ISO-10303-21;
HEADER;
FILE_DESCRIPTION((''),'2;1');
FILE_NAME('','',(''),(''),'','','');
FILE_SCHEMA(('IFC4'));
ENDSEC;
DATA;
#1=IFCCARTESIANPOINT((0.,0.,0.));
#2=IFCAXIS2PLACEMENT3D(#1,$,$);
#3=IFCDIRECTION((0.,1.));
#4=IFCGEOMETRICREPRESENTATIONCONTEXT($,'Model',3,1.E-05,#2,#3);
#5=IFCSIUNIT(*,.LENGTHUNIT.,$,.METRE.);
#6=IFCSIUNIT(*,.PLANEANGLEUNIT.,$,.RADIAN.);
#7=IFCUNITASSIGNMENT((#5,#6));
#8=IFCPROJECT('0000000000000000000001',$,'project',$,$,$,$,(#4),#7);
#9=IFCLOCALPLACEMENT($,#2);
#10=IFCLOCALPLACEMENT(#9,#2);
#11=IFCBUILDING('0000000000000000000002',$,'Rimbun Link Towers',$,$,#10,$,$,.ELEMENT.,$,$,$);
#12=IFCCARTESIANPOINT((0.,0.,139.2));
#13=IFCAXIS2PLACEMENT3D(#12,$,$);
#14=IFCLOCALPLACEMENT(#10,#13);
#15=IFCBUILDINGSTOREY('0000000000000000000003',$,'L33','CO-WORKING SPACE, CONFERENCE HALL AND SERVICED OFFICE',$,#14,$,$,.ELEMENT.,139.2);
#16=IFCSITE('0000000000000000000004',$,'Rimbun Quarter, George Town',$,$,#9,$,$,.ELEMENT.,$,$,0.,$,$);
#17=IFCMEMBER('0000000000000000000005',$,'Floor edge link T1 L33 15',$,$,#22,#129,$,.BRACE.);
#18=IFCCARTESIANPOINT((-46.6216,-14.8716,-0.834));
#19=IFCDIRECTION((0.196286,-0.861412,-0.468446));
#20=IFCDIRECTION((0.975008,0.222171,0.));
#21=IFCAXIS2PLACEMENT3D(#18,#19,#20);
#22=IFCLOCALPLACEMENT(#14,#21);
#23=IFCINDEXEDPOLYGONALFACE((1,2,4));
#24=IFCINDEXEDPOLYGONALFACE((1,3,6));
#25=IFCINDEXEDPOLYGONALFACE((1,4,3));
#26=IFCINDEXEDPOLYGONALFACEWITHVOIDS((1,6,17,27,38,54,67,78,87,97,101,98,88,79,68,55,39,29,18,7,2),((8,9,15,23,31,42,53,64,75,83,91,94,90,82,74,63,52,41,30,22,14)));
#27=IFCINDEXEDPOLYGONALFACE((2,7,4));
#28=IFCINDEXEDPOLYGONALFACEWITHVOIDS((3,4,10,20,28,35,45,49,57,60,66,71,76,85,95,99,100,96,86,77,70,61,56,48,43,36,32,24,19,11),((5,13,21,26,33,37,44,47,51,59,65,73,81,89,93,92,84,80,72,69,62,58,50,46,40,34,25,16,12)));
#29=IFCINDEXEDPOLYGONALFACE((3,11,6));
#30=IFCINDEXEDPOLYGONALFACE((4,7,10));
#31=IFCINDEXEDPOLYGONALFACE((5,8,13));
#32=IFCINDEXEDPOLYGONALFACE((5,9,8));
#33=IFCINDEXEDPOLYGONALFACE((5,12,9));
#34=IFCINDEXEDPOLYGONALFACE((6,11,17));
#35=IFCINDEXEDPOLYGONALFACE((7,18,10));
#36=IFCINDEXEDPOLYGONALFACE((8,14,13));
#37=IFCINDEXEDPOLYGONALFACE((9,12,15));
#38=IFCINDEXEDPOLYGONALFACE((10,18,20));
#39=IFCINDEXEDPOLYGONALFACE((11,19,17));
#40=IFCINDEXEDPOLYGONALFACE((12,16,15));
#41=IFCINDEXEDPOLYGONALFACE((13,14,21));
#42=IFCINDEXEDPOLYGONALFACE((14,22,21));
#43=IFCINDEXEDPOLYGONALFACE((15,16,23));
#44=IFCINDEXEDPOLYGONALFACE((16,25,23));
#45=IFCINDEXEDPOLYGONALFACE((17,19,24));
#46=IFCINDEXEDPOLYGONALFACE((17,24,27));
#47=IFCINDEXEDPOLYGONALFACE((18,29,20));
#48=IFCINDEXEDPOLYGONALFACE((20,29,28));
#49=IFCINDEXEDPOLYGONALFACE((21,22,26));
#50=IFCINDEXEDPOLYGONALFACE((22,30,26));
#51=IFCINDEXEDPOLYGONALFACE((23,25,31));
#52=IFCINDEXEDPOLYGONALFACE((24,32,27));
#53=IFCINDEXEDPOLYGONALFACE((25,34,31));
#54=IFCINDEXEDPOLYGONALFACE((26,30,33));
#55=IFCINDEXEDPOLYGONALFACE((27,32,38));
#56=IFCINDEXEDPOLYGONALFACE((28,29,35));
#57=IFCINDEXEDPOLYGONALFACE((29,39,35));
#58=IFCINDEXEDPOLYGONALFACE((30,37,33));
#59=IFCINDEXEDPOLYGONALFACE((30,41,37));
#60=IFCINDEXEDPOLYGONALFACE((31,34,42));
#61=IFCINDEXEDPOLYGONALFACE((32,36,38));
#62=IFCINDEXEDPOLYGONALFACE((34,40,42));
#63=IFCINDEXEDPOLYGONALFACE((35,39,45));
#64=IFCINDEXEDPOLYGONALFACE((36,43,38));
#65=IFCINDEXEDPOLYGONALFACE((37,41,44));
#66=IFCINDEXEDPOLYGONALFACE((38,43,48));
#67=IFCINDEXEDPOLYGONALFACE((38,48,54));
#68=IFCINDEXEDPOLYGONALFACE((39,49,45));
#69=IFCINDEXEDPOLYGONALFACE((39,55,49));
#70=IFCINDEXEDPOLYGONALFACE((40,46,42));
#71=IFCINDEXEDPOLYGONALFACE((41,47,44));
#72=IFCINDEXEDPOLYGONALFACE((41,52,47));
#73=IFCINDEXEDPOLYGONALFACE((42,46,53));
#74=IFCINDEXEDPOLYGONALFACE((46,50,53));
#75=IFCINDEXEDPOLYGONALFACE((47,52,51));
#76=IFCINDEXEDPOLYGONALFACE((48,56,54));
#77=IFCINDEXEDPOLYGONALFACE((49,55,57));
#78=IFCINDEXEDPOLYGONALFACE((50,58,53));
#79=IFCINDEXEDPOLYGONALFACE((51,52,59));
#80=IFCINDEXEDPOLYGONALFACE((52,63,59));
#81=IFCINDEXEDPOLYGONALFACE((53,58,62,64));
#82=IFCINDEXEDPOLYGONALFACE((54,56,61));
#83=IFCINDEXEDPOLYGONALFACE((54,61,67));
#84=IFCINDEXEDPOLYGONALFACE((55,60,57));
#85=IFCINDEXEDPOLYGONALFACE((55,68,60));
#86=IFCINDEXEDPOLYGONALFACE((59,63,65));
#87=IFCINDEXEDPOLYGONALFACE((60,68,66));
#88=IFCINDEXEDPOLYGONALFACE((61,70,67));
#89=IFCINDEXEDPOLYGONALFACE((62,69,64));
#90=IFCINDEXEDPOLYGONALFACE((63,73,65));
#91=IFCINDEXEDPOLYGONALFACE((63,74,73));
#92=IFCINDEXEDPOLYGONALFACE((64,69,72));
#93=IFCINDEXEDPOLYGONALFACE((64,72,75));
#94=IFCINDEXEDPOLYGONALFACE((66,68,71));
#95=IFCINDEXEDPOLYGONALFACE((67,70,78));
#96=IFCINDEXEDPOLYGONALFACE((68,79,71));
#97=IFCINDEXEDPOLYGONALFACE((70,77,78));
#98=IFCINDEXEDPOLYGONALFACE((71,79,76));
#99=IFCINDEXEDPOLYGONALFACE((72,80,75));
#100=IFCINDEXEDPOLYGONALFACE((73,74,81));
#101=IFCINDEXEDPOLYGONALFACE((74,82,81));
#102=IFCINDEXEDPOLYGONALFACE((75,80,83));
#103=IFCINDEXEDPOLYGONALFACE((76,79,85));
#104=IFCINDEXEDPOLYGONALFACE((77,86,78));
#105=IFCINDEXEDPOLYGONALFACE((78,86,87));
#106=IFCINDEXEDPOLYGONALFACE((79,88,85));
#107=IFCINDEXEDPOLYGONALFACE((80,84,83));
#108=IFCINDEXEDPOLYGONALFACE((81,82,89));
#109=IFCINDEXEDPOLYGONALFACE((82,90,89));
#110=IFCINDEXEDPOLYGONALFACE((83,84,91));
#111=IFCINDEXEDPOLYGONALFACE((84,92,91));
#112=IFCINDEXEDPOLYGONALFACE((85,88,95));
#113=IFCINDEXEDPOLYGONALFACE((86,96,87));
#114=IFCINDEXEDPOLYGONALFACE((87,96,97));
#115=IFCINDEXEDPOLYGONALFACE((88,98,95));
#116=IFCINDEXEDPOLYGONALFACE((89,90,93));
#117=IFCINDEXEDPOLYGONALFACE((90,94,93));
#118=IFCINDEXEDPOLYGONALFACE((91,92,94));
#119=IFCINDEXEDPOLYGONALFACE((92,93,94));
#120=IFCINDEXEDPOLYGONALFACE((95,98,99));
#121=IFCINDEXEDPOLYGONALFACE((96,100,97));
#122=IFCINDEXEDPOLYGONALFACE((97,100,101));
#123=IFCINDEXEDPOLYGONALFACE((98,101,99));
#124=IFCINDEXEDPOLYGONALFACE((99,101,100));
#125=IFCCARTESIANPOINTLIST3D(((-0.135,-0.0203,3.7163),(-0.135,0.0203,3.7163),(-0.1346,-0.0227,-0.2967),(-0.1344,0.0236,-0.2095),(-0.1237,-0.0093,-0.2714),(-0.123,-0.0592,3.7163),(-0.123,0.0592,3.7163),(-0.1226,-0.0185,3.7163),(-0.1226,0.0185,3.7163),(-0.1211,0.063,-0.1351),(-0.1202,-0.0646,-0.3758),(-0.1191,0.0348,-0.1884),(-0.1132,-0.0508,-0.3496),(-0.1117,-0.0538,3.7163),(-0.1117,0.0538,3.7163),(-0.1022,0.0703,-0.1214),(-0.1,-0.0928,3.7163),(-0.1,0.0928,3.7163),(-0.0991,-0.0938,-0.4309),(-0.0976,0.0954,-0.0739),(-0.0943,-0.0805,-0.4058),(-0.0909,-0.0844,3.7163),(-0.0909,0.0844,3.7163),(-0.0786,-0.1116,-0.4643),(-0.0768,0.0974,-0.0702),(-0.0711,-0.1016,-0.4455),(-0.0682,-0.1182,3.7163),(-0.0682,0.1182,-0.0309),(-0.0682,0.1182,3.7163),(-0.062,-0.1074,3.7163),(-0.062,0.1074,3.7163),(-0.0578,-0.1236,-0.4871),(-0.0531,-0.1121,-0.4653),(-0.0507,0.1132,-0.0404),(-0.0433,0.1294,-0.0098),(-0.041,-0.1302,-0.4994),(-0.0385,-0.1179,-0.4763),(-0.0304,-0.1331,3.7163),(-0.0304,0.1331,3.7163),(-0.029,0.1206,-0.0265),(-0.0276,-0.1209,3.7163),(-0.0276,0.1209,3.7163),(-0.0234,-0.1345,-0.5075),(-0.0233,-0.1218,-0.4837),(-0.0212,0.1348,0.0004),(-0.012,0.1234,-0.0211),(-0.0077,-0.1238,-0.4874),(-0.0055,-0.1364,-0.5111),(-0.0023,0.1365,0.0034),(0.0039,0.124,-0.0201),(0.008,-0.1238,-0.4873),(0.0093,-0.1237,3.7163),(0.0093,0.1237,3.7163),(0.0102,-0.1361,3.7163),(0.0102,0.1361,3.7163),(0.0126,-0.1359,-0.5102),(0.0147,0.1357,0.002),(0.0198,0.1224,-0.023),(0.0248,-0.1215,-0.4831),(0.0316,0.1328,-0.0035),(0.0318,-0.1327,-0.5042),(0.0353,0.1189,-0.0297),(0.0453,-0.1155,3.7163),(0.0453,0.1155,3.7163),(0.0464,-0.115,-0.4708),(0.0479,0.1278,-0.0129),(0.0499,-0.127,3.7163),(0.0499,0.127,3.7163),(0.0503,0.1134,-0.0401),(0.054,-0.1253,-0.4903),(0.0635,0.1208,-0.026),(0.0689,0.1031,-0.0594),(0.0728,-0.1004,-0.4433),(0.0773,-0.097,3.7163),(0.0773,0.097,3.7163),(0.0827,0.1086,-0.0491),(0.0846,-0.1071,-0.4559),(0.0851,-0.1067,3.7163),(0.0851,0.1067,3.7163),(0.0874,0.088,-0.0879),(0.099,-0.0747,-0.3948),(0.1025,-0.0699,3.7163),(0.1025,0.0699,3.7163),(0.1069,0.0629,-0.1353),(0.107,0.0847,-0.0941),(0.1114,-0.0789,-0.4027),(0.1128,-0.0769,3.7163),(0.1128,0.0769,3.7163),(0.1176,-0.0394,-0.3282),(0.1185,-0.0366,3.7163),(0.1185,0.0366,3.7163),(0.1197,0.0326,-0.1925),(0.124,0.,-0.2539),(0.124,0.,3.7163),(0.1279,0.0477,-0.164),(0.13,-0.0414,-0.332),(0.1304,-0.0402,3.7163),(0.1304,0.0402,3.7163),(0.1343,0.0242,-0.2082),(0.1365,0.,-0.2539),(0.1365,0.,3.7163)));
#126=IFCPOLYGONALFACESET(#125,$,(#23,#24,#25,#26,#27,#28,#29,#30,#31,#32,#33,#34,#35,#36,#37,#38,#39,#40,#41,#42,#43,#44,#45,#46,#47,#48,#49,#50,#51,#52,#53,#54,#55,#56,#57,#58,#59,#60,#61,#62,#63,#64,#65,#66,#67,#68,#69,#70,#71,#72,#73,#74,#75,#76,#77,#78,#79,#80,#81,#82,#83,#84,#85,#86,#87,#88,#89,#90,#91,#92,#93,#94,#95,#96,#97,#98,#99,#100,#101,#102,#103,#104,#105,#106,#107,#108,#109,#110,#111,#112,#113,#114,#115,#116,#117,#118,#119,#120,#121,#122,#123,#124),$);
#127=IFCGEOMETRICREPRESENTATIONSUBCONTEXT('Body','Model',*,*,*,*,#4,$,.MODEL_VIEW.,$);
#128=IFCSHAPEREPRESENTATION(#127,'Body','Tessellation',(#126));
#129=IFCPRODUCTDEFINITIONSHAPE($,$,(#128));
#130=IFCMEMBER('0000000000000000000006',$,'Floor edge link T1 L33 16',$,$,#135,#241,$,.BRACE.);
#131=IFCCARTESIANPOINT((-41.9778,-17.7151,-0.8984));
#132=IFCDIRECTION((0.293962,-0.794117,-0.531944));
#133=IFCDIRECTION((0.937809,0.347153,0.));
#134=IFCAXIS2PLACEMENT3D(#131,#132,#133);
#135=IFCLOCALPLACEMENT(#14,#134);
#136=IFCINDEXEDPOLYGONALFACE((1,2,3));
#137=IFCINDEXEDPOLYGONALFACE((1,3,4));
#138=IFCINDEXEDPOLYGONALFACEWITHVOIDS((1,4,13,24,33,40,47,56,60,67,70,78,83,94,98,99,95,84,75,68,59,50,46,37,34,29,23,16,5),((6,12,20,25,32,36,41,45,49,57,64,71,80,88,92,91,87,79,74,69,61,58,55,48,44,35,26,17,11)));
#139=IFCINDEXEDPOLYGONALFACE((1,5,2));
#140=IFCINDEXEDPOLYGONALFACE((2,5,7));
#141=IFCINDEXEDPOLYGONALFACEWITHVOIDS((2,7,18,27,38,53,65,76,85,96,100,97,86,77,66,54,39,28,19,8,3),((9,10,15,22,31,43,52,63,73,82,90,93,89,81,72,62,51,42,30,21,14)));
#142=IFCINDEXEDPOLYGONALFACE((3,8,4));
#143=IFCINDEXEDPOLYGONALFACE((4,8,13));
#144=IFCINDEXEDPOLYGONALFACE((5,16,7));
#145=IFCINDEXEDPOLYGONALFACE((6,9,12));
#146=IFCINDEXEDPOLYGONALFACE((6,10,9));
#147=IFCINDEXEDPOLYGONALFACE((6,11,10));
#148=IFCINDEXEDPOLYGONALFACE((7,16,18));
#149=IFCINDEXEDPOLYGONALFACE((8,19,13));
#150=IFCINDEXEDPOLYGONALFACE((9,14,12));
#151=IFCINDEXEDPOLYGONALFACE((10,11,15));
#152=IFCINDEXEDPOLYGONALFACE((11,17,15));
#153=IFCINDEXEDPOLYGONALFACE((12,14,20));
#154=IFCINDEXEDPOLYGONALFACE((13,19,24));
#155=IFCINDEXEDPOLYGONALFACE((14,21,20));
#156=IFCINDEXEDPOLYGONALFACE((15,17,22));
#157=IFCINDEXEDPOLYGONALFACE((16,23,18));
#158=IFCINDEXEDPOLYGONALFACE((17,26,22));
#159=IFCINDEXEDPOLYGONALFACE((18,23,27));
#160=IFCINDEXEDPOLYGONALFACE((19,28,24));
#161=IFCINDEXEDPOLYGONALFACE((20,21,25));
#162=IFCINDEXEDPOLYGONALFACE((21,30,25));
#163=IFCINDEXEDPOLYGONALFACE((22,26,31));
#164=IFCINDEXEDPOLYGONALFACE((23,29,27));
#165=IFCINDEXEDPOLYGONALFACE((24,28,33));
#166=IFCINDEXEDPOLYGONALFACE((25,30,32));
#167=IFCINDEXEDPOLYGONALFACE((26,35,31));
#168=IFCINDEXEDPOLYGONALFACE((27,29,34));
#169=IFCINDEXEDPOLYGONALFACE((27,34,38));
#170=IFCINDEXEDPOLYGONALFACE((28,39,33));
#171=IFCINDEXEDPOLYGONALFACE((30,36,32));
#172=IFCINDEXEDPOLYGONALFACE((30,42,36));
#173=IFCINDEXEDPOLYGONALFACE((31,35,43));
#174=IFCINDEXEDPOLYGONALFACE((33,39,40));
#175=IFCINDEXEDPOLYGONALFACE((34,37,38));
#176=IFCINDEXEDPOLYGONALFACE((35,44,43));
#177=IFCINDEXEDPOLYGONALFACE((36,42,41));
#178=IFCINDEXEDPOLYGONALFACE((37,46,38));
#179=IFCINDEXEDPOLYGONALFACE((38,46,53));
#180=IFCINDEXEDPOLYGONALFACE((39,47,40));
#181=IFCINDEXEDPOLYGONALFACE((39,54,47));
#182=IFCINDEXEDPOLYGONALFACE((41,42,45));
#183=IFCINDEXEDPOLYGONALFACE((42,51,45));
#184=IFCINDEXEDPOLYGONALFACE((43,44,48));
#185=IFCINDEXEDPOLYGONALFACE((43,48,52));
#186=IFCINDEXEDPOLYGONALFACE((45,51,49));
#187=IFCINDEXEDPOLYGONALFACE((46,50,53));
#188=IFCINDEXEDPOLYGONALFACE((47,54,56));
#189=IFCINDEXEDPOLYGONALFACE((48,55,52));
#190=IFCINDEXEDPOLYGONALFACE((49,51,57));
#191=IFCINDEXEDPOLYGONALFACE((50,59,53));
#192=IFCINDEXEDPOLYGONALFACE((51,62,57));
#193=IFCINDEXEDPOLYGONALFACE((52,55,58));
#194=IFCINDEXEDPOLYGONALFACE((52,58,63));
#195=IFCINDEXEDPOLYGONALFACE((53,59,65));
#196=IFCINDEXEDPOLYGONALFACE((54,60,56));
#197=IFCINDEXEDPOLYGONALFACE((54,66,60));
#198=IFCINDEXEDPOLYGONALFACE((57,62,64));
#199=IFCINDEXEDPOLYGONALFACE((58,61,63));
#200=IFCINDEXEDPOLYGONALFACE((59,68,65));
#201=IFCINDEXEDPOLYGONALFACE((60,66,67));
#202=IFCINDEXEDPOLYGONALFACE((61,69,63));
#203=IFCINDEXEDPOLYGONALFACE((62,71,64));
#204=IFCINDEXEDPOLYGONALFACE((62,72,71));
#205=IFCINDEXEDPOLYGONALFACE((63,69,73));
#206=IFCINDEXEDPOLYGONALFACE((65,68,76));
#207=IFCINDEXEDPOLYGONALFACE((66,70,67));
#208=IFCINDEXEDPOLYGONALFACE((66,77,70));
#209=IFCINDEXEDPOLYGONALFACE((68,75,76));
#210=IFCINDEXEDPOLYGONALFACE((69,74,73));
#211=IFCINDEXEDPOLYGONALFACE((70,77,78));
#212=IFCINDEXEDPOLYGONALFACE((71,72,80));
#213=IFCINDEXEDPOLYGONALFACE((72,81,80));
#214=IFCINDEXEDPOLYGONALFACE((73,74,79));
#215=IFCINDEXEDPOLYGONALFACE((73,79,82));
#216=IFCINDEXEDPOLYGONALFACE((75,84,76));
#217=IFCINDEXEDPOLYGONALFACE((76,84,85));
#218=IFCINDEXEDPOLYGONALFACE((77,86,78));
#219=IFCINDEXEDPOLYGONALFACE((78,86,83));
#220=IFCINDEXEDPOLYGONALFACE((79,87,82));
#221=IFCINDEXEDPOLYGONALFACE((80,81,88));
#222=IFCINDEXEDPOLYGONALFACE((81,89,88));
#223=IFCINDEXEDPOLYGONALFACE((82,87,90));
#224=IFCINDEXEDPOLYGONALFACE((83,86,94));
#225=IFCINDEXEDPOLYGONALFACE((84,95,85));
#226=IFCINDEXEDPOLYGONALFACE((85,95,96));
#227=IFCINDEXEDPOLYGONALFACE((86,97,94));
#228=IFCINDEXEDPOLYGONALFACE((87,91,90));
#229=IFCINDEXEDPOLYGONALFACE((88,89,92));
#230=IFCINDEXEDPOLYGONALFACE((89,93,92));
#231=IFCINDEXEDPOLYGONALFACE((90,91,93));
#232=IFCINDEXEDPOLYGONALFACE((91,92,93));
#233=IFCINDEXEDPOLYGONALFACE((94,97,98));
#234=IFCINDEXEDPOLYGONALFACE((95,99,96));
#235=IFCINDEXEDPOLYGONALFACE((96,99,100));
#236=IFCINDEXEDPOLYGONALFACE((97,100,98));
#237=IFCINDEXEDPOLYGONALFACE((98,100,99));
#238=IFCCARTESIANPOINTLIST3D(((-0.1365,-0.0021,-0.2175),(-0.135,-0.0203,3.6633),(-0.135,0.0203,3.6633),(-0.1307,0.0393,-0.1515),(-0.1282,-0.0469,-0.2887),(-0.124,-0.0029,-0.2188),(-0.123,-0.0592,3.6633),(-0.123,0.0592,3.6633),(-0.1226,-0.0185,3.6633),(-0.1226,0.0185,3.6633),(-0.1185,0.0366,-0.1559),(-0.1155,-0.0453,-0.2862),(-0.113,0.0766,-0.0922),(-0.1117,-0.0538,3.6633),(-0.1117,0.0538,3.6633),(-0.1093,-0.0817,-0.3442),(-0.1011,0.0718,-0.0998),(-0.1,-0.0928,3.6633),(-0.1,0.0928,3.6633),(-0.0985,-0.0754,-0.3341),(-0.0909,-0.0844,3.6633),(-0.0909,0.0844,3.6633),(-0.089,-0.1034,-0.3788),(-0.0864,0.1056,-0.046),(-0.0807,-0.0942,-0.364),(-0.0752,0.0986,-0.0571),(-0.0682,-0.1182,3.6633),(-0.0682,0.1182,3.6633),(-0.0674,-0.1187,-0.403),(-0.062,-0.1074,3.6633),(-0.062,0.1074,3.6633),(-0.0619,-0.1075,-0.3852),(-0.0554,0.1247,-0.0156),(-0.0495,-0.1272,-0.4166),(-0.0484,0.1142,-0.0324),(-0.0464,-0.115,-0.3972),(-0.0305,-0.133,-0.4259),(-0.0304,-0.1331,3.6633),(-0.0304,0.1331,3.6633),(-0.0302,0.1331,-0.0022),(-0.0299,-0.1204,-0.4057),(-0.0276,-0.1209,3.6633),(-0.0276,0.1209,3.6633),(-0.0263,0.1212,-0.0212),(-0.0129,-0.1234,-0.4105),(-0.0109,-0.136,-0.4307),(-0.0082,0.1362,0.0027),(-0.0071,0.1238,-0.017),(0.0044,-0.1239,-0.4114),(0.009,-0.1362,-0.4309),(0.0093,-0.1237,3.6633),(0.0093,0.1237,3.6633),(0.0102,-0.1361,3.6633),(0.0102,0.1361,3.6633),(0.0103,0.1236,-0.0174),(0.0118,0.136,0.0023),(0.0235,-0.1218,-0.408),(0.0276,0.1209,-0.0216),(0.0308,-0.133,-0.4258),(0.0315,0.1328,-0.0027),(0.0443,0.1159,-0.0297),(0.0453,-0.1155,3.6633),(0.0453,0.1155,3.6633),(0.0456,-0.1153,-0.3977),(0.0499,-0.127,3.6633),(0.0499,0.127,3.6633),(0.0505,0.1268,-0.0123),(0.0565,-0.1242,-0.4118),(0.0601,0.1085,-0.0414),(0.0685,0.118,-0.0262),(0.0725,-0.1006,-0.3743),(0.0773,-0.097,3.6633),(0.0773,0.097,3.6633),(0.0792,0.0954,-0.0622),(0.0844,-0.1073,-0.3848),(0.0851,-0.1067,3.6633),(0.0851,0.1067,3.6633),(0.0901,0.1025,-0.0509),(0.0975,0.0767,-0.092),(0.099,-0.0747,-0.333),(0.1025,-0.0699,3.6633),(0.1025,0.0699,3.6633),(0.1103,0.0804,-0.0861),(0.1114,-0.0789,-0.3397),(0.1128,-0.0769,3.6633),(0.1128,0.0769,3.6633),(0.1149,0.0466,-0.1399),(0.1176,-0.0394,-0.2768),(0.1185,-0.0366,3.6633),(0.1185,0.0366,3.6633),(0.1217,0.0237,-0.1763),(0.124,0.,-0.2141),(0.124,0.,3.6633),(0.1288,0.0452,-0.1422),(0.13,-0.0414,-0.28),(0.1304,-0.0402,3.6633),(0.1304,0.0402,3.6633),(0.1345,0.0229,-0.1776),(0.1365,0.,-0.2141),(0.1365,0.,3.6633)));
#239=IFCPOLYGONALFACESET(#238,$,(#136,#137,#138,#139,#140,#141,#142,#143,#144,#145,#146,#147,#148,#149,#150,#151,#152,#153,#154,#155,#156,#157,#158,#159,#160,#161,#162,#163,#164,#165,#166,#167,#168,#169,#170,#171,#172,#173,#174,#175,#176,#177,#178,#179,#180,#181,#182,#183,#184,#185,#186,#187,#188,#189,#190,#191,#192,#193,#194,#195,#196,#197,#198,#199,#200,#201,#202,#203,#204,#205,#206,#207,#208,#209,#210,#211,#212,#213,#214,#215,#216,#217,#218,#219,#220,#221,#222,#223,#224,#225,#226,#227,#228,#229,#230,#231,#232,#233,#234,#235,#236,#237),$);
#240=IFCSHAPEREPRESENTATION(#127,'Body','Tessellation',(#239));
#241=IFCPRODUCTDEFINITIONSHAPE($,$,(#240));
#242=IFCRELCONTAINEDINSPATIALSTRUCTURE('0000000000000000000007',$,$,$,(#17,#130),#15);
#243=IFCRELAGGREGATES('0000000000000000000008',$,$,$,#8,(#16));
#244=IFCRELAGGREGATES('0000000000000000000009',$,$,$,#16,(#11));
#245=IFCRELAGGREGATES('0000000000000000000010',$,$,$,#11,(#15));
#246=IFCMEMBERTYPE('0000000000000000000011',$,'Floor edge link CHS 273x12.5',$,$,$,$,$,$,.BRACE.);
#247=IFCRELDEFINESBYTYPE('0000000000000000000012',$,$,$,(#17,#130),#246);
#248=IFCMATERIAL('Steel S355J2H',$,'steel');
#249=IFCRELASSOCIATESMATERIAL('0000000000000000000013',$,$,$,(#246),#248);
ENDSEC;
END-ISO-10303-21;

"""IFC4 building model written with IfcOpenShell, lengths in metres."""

from ifc_helpers import new_model, si_unit, direction, frame, origin, origin_2d, place, context, subcontext, project, spatial, hollow_circle, extrude, clip, halfspace, material, material_profile, profile_set, type_object, element, save


model = new_model("IFC4")

# Units and contexts
model_context = context("Model", 3, precision=1e-05, world=origin(), true_north=direction((0.0, 1.0)))
body_context = subcontext(model_context, "Body", "Model", "MODEL_VIEW")
ifc_project = project(units=[si_unit("LENGTHUNIT", "METRE"), si_unit("PLANEANGLEUNIT", "RADIAN")], contexts=[model_context])

# Site, building, storey
site_placement = place(None, origin())
site = spatial("IfcSite", under=ifc_project, at=site_placement, Name="Rimbun Quarter, George Town", CompositionType="ELEMENT", RefElevation=0.0)
building_placement = place(site_placement, origin())
building = spatial("IfcBuilding", under=site, at=building_placement, Name="Rimbun Link Towers", CompositionType="ELEMENT")
storey_placement = place(building_placement, frame((0.0, 0.0, 139.2)))
storey = spatial("IfcBuildingStorey", under=building, at=storey_placement, Name="L33", Description="CO-WORKING SPACE, CONFERENCE HALL AND SERVICED OFFICE", CompositionType="ELEMENT", Elevation=139.2)

# Members
ifc_material_1 = material(Name="Steel S355J2H", Category="steel")
ifc_material_profile_1 = material_profile(ifc_material_1, hollow_circle(Radius=0.1365, WallThickness=0.0125, at=origin_2d()), Name="CHS 273x12.5")
ifc_profile_set_1 = profile_set([ifc_material_profile_1], Name="Steel S355J2H")
member_type_1 = type_object("IfcMemberType", Name="Floor edge link CHS 273x12.5", PredefinedType="BRACE", material=ifc_profile_set_1)
member_1_placement = place(storey_placement, frame((-46.6216, -14.8716, -0.834), z_axis=(0.196286, -0.861412, -0.468446), x_axis=(0.975008, 0.222171, 0.0)))
element("IfcMember", 1, at=member_1_placement, inside=storey, type_object=member_type_1, Name="Floor edge link T1 L33 15", PredefinedType="BRACE", context=body_context, shape_type="Clipping", body=[
    clip(extrude(hollow_circle(Radius=0.1365, WallThickness=0.0125, at=origin_2d()), frame((0.0, 0.0, -0.5364)), (0.0, 0.0, 1.0), 4.2527), halfspace(frame((0.0, 0.0, -0.2539), z_axis=(0.0, 0.883492, -0.468446)), False)),
])
member_2_placement = place(storey_placement, frame((-41.9778, -17.7151, -0.8984), z_axis=(0.293962, -0.794117, -0.531944), x_axis=(0.937809, 0.347153, 0.0)))
element("IfcMember", 2, at=member_2_placement, inside=storey, type_object=member_type_1, Name="Floor edge link T1 L33 16", PredefinedType="BRACE", context=body_context, shape_type="Clipping", body=[
    clip(extrude(hollow_circle(Radius=0.1365, WallThickness=0.0125, at=origin_2d()), frame((0.0, 0.0, -0.4534)), (0.0, 0.0, 1.0), 4.1167), halfspace(frame((0.0, 0.0, -0.2141), z_axis=(0.0, 0.84678, -0.531944)), False)),
])

save(model, "model.ifc")
